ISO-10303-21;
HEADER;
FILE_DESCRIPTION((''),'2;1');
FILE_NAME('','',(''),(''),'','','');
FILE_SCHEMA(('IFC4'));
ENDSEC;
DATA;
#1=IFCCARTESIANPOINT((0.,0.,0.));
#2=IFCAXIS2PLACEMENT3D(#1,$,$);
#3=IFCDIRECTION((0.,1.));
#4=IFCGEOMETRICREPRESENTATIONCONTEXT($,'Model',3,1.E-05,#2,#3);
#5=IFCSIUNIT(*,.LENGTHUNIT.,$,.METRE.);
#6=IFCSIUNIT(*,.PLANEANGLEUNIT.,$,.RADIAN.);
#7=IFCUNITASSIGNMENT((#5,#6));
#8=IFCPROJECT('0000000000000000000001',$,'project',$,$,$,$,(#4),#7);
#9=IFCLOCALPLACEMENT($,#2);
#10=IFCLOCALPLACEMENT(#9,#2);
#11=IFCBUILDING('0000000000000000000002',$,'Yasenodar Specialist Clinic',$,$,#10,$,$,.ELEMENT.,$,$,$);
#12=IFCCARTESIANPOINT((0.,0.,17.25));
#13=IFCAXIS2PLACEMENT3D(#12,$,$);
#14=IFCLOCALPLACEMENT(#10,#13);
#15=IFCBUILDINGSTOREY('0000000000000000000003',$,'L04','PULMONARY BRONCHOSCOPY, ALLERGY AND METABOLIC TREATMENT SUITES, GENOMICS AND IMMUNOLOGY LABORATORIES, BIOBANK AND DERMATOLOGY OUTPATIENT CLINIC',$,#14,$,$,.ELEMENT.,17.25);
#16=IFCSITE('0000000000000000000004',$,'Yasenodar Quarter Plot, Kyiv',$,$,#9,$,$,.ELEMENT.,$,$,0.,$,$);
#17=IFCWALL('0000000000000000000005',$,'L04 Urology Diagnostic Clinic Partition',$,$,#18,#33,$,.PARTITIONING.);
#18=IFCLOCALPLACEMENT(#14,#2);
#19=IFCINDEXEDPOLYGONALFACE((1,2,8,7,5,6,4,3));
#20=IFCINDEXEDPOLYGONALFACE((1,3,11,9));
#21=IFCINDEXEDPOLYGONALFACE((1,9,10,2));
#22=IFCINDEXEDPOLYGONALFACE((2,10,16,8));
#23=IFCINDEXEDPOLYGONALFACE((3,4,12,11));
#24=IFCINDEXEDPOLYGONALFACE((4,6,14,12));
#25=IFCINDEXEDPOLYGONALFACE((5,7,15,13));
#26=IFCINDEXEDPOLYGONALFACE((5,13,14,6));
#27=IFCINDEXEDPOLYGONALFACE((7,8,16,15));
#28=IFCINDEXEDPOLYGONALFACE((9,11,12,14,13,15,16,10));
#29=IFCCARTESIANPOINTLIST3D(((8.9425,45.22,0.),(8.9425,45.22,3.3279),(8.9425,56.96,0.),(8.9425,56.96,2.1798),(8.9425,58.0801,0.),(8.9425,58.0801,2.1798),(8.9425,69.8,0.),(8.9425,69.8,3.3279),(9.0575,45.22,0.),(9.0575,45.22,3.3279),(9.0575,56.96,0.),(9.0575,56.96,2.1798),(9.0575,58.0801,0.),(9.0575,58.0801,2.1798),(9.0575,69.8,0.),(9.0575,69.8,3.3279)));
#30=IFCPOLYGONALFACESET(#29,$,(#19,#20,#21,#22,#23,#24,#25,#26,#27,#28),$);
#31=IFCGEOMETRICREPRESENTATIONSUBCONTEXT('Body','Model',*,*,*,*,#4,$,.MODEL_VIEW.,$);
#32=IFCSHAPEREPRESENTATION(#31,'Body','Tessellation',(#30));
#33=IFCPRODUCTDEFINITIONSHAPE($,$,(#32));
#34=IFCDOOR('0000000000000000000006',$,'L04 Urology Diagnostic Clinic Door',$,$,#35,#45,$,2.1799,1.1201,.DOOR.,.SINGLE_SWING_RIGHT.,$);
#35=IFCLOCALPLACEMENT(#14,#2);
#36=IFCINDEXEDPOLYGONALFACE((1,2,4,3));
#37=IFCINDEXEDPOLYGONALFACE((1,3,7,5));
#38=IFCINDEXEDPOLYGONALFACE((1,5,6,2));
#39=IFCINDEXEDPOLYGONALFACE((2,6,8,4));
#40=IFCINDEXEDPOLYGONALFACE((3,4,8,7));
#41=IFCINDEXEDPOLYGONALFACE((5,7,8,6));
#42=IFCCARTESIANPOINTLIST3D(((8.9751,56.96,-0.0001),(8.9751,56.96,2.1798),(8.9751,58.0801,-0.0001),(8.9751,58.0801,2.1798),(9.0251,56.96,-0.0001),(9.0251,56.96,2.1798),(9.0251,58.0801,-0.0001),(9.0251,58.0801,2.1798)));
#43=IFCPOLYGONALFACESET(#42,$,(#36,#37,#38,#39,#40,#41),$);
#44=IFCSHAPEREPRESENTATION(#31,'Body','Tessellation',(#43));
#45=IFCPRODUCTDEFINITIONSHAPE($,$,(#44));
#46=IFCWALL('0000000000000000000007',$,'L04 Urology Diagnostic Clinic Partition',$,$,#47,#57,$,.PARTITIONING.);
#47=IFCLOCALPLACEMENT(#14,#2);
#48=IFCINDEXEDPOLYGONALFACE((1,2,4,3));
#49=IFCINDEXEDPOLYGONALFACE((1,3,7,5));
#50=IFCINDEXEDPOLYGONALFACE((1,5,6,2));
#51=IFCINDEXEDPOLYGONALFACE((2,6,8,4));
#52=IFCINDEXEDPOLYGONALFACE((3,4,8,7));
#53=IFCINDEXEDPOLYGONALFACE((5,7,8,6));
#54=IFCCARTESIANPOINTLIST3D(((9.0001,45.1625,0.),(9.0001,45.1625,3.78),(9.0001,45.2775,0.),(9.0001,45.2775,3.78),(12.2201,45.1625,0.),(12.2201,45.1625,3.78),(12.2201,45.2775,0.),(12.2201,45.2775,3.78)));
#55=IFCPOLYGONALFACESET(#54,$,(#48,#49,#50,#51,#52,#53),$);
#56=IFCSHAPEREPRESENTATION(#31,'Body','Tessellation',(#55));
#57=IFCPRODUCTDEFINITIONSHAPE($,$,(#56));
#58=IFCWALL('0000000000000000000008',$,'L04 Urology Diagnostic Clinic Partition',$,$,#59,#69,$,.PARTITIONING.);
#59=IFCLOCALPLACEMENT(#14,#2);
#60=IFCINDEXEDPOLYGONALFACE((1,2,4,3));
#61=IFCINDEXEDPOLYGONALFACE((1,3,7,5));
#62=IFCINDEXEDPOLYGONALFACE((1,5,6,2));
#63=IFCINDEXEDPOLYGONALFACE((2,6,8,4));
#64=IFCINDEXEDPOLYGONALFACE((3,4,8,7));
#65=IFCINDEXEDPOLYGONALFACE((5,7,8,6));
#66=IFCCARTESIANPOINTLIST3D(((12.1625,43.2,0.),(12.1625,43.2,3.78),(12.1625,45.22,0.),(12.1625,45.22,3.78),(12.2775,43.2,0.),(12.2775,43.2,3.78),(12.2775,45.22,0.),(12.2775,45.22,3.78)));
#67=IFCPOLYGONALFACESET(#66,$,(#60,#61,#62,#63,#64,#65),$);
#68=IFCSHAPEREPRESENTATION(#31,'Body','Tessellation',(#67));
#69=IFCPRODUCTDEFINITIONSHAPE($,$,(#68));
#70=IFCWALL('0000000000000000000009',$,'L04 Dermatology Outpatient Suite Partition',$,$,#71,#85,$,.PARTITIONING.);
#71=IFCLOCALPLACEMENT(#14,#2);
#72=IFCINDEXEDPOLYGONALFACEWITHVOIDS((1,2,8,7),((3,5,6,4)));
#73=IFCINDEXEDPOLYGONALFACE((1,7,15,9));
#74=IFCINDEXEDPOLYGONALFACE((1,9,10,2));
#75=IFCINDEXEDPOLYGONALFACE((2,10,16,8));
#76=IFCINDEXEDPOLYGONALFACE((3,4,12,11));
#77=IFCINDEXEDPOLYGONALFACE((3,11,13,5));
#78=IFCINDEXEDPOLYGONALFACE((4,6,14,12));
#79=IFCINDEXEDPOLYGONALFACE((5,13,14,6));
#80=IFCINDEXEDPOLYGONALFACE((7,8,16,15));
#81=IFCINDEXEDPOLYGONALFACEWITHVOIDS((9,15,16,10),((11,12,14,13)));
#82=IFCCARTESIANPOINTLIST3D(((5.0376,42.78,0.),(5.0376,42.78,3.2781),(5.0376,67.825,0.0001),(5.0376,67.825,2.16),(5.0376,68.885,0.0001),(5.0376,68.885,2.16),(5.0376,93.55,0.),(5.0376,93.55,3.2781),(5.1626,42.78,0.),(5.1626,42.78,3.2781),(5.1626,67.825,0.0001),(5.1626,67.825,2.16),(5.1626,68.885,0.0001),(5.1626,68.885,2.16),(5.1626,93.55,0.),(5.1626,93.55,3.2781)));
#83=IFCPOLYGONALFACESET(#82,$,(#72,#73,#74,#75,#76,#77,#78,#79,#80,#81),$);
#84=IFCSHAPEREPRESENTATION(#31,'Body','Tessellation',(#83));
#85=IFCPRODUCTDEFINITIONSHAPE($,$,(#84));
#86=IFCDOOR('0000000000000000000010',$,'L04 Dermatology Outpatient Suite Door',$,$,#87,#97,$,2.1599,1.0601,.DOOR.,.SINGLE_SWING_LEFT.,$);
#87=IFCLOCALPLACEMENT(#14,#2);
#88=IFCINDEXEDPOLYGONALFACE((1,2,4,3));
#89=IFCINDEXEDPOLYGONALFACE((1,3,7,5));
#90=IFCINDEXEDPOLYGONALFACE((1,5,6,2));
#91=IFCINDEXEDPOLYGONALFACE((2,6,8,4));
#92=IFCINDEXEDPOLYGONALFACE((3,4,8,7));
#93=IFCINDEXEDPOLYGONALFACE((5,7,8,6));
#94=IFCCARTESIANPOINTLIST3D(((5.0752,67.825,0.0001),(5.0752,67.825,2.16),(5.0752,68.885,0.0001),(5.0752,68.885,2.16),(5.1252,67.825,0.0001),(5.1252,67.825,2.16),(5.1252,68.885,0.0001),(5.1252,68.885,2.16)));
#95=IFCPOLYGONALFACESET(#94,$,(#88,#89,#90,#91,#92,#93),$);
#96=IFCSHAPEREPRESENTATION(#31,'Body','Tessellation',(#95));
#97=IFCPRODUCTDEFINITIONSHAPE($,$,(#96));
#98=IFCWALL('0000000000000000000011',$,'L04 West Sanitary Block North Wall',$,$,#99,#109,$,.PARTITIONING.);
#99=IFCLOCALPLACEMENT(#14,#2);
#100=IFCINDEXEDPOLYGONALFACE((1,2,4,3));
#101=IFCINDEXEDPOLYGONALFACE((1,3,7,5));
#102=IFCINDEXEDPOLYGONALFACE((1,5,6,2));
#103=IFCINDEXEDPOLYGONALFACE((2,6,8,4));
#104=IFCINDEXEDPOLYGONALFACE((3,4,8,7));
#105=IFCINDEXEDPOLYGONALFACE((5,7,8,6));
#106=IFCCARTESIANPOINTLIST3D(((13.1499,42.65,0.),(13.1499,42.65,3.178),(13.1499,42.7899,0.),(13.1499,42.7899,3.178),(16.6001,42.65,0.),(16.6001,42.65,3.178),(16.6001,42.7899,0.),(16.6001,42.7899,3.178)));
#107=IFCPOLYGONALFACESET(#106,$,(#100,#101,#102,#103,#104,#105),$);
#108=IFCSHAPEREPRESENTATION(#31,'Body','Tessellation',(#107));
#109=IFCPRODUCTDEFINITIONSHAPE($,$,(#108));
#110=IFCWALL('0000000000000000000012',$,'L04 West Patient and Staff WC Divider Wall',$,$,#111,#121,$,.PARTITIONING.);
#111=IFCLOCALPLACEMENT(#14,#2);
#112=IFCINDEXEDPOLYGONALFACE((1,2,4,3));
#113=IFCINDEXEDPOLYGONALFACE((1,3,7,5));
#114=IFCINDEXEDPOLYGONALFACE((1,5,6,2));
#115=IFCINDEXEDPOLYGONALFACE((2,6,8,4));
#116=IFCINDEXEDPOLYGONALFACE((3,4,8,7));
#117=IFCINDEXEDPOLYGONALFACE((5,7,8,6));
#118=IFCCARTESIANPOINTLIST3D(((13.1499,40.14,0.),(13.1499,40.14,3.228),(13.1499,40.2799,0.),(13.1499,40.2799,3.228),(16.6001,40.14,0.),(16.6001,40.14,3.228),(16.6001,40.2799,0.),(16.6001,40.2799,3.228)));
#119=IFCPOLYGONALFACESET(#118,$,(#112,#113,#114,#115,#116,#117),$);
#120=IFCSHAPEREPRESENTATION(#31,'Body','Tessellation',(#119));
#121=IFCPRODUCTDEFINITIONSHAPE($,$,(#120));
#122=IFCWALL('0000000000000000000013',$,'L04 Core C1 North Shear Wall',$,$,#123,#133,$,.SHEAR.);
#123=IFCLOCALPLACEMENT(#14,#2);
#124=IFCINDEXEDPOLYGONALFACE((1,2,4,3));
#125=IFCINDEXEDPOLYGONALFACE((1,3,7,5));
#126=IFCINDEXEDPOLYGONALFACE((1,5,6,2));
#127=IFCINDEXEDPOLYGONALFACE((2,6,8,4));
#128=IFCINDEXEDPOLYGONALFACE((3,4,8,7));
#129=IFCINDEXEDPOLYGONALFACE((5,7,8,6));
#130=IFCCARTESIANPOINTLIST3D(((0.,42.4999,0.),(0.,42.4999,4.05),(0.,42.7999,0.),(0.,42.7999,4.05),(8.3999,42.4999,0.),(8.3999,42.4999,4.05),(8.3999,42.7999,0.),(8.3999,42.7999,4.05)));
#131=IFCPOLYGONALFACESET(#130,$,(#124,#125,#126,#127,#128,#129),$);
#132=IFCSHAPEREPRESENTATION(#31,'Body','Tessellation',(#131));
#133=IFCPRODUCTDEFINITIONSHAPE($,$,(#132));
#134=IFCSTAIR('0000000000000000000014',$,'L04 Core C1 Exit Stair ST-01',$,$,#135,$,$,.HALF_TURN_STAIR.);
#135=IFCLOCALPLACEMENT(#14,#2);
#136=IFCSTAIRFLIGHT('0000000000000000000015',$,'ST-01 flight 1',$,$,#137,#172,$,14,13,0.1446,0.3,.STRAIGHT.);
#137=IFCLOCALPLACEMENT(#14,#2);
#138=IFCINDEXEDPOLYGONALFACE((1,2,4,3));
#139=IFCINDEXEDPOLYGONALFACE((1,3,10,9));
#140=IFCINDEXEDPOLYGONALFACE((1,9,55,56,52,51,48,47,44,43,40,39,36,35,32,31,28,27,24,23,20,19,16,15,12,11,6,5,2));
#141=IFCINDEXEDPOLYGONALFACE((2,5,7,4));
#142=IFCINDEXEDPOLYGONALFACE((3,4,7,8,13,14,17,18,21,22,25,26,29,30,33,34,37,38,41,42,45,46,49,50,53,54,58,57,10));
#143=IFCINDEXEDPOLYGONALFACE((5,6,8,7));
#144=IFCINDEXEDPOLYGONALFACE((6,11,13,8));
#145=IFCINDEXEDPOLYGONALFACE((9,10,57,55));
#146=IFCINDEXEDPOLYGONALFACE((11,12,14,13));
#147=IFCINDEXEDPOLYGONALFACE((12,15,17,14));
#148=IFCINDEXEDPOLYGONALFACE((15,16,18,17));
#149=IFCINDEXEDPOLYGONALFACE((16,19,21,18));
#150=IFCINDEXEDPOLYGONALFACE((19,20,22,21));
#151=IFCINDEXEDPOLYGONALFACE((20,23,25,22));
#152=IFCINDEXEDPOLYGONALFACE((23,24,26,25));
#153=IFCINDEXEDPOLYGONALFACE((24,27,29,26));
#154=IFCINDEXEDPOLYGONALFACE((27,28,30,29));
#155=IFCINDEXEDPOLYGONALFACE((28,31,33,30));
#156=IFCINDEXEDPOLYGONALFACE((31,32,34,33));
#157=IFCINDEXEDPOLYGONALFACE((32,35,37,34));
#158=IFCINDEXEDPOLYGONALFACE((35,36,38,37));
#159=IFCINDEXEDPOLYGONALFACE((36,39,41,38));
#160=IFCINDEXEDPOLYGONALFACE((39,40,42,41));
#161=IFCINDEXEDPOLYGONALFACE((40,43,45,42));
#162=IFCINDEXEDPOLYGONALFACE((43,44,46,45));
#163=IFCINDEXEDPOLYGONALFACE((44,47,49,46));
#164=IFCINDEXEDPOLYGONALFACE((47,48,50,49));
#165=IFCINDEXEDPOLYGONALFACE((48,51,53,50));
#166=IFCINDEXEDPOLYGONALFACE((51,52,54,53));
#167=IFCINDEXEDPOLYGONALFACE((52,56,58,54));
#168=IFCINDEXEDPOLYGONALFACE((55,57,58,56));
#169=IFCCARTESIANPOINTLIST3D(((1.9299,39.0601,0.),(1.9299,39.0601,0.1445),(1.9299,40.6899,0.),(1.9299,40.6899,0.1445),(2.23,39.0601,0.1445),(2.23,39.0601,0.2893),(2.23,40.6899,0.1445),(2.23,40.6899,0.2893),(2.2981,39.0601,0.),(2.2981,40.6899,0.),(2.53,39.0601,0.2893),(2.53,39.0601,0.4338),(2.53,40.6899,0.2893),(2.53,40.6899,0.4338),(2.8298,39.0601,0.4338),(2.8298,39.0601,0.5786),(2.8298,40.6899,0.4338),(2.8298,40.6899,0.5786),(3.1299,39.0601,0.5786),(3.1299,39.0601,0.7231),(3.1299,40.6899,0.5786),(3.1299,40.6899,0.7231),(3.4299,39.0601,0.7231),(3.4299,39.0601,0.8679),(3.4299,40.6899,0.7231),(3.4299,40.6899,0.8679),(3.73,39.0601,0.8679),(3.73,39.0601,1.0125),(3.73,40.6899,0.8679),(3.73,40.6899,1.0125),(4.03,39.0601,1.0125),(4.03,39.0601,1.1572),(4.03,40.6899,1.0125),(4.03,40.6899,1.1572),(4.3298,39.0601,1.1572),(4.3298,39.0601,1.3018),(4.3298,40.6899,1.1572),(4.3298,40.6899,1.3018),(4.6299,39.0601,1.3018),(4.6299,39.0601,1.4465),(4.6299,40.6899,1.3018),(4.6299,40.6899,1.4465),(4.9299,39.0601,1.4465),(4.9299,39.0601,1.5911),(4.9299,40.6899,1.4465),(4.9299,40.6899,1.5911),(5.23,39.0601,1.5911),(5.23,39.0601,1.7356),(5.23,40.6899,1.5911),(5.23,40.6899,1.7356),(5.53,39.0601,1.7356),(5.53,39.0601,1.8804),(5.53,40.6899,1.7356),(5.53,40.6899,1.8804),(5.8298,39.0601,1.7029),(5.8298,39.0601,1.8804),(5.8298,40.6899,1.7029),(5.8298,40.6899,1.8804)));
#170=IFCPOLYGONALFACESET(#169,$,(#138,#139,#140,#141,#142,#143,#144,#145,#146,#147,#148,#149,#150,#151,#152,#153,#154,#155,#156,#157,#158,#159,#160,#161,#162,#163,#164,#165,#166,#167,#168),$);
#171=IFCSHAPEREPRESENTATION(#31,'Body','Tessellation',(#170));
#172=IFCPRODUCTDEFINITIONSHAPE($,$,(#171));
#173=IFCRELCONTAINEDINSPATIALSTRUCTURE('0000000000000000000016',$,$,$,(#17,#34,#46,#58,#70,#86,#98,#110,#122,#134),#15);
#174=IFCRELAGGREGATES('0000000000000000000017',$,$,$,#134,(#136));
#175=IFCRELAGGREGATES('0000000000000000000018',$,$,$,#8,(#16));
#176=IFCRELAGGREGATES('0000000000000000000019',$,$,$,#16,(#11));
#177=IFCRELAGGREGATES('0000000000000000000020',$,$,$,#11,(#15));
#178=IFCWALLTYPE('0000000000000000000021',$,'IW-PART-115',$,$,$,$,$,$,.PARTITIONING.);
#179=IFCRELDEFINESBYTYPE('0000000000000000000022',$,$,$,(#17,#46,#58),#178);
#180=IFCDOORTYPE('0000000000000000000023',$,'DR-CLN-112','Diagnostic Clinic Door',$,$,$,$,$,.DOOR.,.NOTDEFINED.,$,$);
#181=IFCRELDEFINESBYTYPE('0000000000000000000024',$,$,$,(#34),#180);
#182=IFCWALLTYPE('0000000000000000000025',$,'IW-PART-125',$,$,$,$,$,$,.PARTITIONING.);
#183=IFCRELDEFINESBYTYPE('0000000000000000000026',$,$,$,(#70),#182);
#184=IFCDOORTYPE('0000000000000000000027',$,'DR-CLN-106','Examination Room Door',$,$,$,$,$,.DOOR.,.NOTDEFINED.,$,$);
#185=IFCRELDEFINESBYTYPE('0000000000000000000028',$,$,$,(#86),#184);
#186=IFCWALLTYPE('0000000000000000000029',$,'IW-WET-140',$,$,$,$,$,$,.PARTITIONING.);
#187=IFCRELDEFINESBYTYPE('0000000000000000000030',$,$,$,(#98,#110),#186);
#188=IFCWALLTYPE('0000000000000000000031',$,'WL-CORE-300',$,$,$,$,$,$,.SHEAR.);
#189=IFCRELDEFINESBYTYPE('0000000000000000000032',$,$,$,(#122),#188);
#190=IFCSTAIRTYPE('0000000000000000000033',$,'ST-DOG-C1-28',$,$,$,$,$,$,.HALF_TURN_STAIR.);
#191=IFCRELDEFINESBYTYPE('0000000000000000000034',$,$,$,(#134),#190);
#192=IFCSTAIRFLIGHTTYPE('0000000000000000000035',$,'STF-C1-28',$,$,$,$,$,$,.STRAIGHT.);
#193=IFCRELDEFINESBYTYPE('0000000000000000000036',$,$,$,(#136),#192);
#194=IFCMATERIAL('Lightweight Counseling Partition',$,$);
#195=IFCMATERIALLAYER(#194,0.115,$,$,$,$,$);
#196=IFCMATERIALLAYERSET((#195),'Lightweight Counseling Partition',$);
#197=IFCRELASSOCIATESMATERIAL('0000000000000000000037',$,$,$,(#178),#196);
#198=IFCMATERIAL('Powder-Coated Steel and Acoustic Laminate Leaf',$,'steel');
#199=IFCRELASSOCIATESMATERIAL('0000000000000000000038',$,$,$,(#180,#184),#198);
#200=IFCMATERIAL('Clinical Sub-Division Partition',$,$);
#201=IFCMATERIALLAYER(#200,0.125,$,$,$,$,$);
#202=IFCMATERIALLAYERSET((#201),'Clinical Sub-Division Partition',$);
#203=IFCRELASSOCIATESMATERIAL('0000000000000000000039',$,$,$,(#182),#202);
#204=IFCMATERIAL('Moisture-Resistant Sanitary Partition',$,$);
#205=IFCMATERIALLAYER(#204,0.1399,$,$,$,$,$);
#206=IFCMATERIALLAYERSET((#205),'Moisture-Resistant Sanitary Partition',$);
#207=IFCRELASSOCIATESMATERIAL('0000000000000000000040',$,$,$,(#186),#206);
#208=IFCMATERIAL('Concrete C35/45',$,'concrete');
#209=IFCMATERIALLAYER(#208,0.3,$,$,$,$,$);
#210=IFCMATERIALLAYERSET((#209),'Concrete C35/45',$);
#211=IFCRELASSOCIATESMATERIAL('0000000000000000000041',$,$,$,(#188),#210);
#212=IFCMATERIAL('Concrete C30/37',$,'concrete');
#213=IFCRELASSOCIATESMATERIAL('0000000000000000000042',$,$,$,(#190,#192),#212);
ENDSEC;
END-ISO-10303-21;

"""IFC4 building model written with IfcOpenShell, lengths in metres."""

from ifc_helpers import new_model, si_unit, direction, frame, frame_2d, origin, place, context, subcontext, project, spatial, polyline, rectangle, outline, extrude, material, layer, layer_set, type_object, element, fill, aggregate, save


model = new_model("IFC4")

# Units and contexts
model_context = context("Model", 3, precision=1e-05, world=origin(), true_north=direction((0.0, 1.0)))
body_context = subcontext(model_context, "Body", "Model", "MODEL_VIEW")
ifc_project = project(units=[si_unit("LENGTHUNIT", "METRE"), si_unit("PLANEANGLEUNIT", "RADIAN")], contexts=[model_context])

# Site, building, storey
site_placement = place(None, origin())
site = spatial("IfcSite", under=ifc_project, at=site_placement, Name="Yasenodar Quarter Plot, Kyiv", CompositionType="ELEMENT", RefElevation=0.0)
building_placement = place(site_placement, origin())
building = spatial("IfcBuilding", under=site, at=building_placement, Name="Yasenodar Specialist Clinic", CompositionType="ELEMENT")
storey_placement = place(building_placement, frame((0.0, 0.0, 17.25)))
storey = spatial("IfcBuildingStorey", under=building, at=storey_placement, Name="L04", Description="PULMONARY BRONCHOSCOPY, ALLERGY AND METABOLIC TREATMENT SUITES, GENOMICS AND IMMUNOLOGY LABORATORIES, BIOBANK AND DERMATOLOGY OUTPATIENT CLINIC", CompositionType="ELEMENT", Elevation=17.25)

# Wall, opening, door
ifc_material_1 = material(Name="Lightweight Counseling Partition")
ifc_layer_1 = layer(ifc_material_1, 0.115)
ifc_layer_set_1 = layer_set([ifc_layer_1], Name="Lightweight Counseling Partition")
wall_type_1 = type_object("IfcWallType", Name="IW-PART-115", PredefinedType="PARTITIONING", material=ifc_layer_set_1)
wall_1_placement = place(storey_placement, frame((9.0, 45.22, 0.0), z_axis=(0.0, 0.0, 1.0), x_axis=(0.0, 1.0, 0.0)))
wall_1 = element("IfcWall", 1, at=wall_1_placement, inside=storey, type_object=wall_type_1, Name="L04 Urology Diagnostic Clinic Partition", PredefinedType="PARTITIONING", context=body_context, shape_type="SweptSolid", body=[
    extrude(rectangle(XDim=24.5801, YDim=0.115, at=frame_2d((12.29, 0.0))), origin(), (0.0, 0.0, 1.0), 3.3279),
])
opening_1_placement = place(wall_1_placement, frame((11.74, 0.0, 0.0)))
opening_1 = element("IfcOpeningElement", 2, at=opening_1_placement, cuts=wall_1, PredefinedType="OPENING", context=body_context, shape_type="SweptSolid", body=[
    extrude(rectangle(XDim=1.1201, YDim=2.1799, at=frame_2d((0.5601, 1.0898))), frame((0.0, 0.0674, 0.0), z_axis=(0.0, -1.0, 0.0), x_axis=(1.0, 0.0, 0.0)), (0.0, 0.0, 1.0), 0.135),
])
ifc_material_2 = material(Name="Powder-Coated Steel and Acoustic Laminate Leaf", Category="steel")
door_type_1 = type_object("IfcDoorType", Name="DR-CLN-112", Description="Diagnostic Clinic Door", OperationType="NOTDEFINED", PredefinedType="DOOR", material=ifc_material_2)
door_1_placement = place(opening_1_placement, origin())
door_1 = element("IfcDoor", 3, at=door_1_placement, inside=storey, type_object=door_type_1, Name="L04 Urology Diagnostic Clinic Door", OperationType="SINGLE_SWING_RIGHT", OverallHeight=2.1799, OverallWidth=1.1201, PredefinedType="DOOR", context=body_context, shape_type="SweptSolid", body=[
    extrude(rectangle(XDim=1.1201, YDim=2.1799, at=frame_2d((0.5601, 1.0898))), frame((0.0, 0.0249, 0.0), z_axis=(0.0, -1.0, 0.0), x_axis=(1.0, 0.0, 0.0)), (0.0, 0.0, 1.0), 0.05),
])
fill(opening_1, door_1)

# Walls
wall_2_placement = place(storey_placement, frame((12.22, 45.22, 0.0), z_axis=(0.0, 0.0, 1.0), x_axis=(-1.0, 0.0, 0.0)))
element("IfcWall", 4, at=wall_2_placement, inside=storey, type_object=wall_type_1, Name="L04 Urology Diagnostic Clinic Partition", PredefinedType="PARTITIONING", context=body_context, shape_type="SweptSolid", body=[
    extrude(rectangle(XDim=3.22, YDim=0.115, at=frame_2d((1.6099, 0.0))), origin(), (0.0, 0.0, 1.0), 3.78),
])
wall_3_placement = place(storey_placement, frame((12.22, 43.2, 0.0), z_axis=(0.0, 0.0, 1.0), x_axis=(0.0, 1.0, 0.0)))
element("IfcWall", 5, at=wall_3_placement, inside=storey, type_object=wall_type_1, Name="L04 Urology Diagnostic Clinic Partition", PredefinedType="PARTITIONING", context=body_context, shape_type="SweptSolid", body=[
    extrude(rectangle(XDim=2.02, YDim=0.115, at=frame_2d((1.01, 0.0))), origin(), (0.0, 0.0, 1.0), 3.78),
])

# Wall, opening, door
ifc_material_3 = material(Name="Clinical Sub-Division Partition")
ifc_layer_2 = layer(ifc_material_3, 0.125)
ifc_layer_set_2 = layer_set([ifc_layer_2], Name="Clinical Sub-Division Partition")
wall_type_2 = type_object("IfcWallType", Name="IW-PART-125", PredefinedType="PARTITIONING", material=ifc_layer_set_2)
wall_4_placement = place(storey_placement, frame((5.1001, 42.78, 0.0), z_axis=(0.0, 0.0, 1.0), x_axis=(0.0, 1.0, 0.0)))
wall_4 = element("IfcWall", 6, at=wall_4_placement, inside=storey, type_object=wall_type_2, Name="L04 Dermatology Outpatient Suite Partition", PredefinedType="PARTITIONING", context=body_context, shape_type="SweptSolid", body=[
    extrude(rectangle(XDim=50.77, YDim=0.125, at=frame_2d((25.385, 0.0))), origin(), (0.0, 0.0, 1.0), 3.2781),
])
opening_2_placement = place(wall_4_placement, frame((25.0449, 0.0, 0.0)))
opening_2 = element("IfcOpeningElement", 7, at=opening_2_placement, cuts=wall_4, PredefinedType="OPENING", context=body_context, shape_type="SweptSolid", body=[
    extrude(rectangle(XDim=1.0601, YDim=2.1599, at=frame_2d((0.53, 1.0801))), frame((0.0, 0.0725, 0.0), z_axis=(0.0, -1.0, 0.0), x_axis=(1.0, 0.0, 0.0)), (0.0, 0.0, 1.0), 0.145),
])
door_type_2 = type_object("IfcDoorType", Name="DR-CLN-106", Description="Examination Room Door", OperationType="NOTDEFINED", PredefinedType="DOOR", material=ifc_material_2)
door_2_placement = place(opening_2_placement, origin())
door_2 = element("IfcDoor", 8, at=door_2_placement, inside=storey, type_object=door_type_2, Name="L04 Dermatology Outpatient Suite Door", OperationType="SINGLE_SWING_LEFT", OverallHeight=2.1599, OverallWidth=1.0601, PredefinedType="DOOR", context=body_context, shape_type="SweptSolid", body=[
    extrude(rectangle(XDim=1.0601, YDim=2.1599, at=frame_2d((0.53, 1.0801))), frame((0.0, 0.0249, 0.0), z_axis=(0.0, -1.0, 0.0), x_axis=(1.0, 0.0, 0.0)), (0.0, 0.0, 1.0), 0.05),
])
fill(opening_2, door_2)

# Walls
ifc_material_4 = material(Name="Moisture-Resistant Sanitary Partition")
ifc_layer_3 = layer(ifc_material_4, 0.1399)
ifc_layer_set_3 = layer_set([ifc_layer_3], Name="Moisture-Resistant Sanitary Partition")
wall_type_3 = type_object("IfcWallType", Name="IW-WET-140", PredefinedType="PARTITIONING", material=ifc_layer_set_3)
wall_5_placement = place(storey_placement, frame((13.1499, 42.72, 0.0), z_axis=(0.0, 0.0, 1.0), x_axis=(1.0, 0.0, 0.0)))
element("IfcWall", 9, at=wall_5_placement, inside=storey, type_object=wall_type_3, Name="L04 West Sanitary Block North Wall", PredefinedType="PARTITIONING", context=body_context, shape_type="SweptSolid", body=[
    extrude(rectangle(XDim=3.4502, YDim=0.1399, at=frame_2d((1.7251, 0.0))), origin(), (0.0, 0.0, 1.0), 3.178),
])
wall_6_placement = place(storey_placement, frame((13.1499, 40.21, 0.0), z_axis=(0.0, 0.0, 1.0), x_axis=(1.0, 0.0, 0.0)))
element("IfcWall", 10, at=wall_6_placement, inside=storey, type_object=wall_type_3, Name="L04 West Patient and Staff WC Divider Wall", PredefinedType="PARTITIONING", context=body_context, shape_type="SweptSolid", body=[
    extrude(rectangle(XDim=3.4502, YDim=0.1399, at=frame_2d((1.7251, 0.0))), origin(), (0.0, 0.0, 1.0), 3.228),
])
ifc_material_5 = material(Name="Concrete C35/45", Category="concrete")
ifc_layer_4 = layer(ifc_material_5, 0.3)
ifc_layer_set_4 = layer_set([ifc_layer_4], Name="Concrete C35/45")
wall_type_4 = type_object("IfcWallType", Name="WL-CORE-300", PredefinedType="SHEAR", material=ifc_layer_set_4)
wall_7_placement = place(storey_placement, frame((0.0, 42.6499, 0.0), z_axis=(0.0, 0.0, 1.0), x_axis=(1.0, 0.0, 0.0)))
element("IfcWall", 11, at=wall_7_placement, inside=storey, type_object=wall_type_4, Name="L04 Core C1 North Shear Wall", PredefinedType="SHEAR", context=body_context, shape_type="SweptSolid", body=[
    extrude(rectangle(XDim=8.3999, YDim=0.3, at=frame_2d((4.2, 0.0))), origin(), (0.0, 0.0, 1.0), 4.05),
])

# Stair, stair flight
ifc_material_6 = material(Name="Concrete C30/37", Category="concrete")
stair_type = type_object("IfcStairType", Name="ST-DOG-C1-28", PredefinedType="HALF_TURN_STAIR", material=ifc_material_6)
stair_placement = place(storey_placement, origin())
stair = element("IfcStair", 12, at=stair_placement, inside=storey, type_object=stair_type, Name="L04 Core C1 Exit Stair ST-01", PredefinedType="HALF_TURN_STAIR")
stair_flight_type = type_object("IfcStairFlightType", Name="STF-C1-28", PredefinedType="STRAIGHT", material=ifc_material_6)
stair_flight_1_placement = place(storey_placement, frame((1.9299, 39.875, 0.0), z_axis=(0.0, 0.0, 1.0), x_axis=(1.0, 0.0, 0.0)))
stair_flight_1 = element("IfcStairFlight", 13, at=stair_flight_1_placement, type_object=stair_flight_type, Name="ST-01 flight 1", NumberOfRisers=14, NumberOfTreads=13, PredefinedType="STRAIGHT", RiserHeight=0.1446, TreadLength=0.3, context=body_context, shape_type="SweptSolid", body=[
    extrude(outline(polyline([(0.0, 0.0), (0.0, 0.1445), (0.3, 0.1445), (0.3, 0.2893), (0.6001, 0.2893), (0.6001, 0.4338), (0.8999, 0.4338), (0.8999, 0.5786), (1.2, 0.5786), (1.2, 0.7231), (1.5, 0.7231), (1.5, 0.8679), (1.8, 0.8679), (1.8, 1.0125), (2.1001, 1.0125), (2.1001, 1.1572), (2.3999, 1.1572), (2.3999, 1.3018), (2.7, 1.3018), (2.7, 1.4465), (3.0, 1.4465), (3.0, 1.5911), (3.3, 1.5911), (3.3, 1.7356), (3.6001, 1.7356), (3.6001, 1.8804), (3.8999, 1.8804), (3.8999, 2.0249), (3.8999, 1.7029), (0.3682, 0.0), (0.0, 0.0)])), frame((0.0, 0.8149, 0.0), z_axis=(0.0, -1.0, 0.0), x_axis=(1.0, 0.0, 0.0)), (0.0, 0.0, 1.0), 1.6299),
])
aggregate(stair, [stair_flight_1])

save(model, "model.ifc")
